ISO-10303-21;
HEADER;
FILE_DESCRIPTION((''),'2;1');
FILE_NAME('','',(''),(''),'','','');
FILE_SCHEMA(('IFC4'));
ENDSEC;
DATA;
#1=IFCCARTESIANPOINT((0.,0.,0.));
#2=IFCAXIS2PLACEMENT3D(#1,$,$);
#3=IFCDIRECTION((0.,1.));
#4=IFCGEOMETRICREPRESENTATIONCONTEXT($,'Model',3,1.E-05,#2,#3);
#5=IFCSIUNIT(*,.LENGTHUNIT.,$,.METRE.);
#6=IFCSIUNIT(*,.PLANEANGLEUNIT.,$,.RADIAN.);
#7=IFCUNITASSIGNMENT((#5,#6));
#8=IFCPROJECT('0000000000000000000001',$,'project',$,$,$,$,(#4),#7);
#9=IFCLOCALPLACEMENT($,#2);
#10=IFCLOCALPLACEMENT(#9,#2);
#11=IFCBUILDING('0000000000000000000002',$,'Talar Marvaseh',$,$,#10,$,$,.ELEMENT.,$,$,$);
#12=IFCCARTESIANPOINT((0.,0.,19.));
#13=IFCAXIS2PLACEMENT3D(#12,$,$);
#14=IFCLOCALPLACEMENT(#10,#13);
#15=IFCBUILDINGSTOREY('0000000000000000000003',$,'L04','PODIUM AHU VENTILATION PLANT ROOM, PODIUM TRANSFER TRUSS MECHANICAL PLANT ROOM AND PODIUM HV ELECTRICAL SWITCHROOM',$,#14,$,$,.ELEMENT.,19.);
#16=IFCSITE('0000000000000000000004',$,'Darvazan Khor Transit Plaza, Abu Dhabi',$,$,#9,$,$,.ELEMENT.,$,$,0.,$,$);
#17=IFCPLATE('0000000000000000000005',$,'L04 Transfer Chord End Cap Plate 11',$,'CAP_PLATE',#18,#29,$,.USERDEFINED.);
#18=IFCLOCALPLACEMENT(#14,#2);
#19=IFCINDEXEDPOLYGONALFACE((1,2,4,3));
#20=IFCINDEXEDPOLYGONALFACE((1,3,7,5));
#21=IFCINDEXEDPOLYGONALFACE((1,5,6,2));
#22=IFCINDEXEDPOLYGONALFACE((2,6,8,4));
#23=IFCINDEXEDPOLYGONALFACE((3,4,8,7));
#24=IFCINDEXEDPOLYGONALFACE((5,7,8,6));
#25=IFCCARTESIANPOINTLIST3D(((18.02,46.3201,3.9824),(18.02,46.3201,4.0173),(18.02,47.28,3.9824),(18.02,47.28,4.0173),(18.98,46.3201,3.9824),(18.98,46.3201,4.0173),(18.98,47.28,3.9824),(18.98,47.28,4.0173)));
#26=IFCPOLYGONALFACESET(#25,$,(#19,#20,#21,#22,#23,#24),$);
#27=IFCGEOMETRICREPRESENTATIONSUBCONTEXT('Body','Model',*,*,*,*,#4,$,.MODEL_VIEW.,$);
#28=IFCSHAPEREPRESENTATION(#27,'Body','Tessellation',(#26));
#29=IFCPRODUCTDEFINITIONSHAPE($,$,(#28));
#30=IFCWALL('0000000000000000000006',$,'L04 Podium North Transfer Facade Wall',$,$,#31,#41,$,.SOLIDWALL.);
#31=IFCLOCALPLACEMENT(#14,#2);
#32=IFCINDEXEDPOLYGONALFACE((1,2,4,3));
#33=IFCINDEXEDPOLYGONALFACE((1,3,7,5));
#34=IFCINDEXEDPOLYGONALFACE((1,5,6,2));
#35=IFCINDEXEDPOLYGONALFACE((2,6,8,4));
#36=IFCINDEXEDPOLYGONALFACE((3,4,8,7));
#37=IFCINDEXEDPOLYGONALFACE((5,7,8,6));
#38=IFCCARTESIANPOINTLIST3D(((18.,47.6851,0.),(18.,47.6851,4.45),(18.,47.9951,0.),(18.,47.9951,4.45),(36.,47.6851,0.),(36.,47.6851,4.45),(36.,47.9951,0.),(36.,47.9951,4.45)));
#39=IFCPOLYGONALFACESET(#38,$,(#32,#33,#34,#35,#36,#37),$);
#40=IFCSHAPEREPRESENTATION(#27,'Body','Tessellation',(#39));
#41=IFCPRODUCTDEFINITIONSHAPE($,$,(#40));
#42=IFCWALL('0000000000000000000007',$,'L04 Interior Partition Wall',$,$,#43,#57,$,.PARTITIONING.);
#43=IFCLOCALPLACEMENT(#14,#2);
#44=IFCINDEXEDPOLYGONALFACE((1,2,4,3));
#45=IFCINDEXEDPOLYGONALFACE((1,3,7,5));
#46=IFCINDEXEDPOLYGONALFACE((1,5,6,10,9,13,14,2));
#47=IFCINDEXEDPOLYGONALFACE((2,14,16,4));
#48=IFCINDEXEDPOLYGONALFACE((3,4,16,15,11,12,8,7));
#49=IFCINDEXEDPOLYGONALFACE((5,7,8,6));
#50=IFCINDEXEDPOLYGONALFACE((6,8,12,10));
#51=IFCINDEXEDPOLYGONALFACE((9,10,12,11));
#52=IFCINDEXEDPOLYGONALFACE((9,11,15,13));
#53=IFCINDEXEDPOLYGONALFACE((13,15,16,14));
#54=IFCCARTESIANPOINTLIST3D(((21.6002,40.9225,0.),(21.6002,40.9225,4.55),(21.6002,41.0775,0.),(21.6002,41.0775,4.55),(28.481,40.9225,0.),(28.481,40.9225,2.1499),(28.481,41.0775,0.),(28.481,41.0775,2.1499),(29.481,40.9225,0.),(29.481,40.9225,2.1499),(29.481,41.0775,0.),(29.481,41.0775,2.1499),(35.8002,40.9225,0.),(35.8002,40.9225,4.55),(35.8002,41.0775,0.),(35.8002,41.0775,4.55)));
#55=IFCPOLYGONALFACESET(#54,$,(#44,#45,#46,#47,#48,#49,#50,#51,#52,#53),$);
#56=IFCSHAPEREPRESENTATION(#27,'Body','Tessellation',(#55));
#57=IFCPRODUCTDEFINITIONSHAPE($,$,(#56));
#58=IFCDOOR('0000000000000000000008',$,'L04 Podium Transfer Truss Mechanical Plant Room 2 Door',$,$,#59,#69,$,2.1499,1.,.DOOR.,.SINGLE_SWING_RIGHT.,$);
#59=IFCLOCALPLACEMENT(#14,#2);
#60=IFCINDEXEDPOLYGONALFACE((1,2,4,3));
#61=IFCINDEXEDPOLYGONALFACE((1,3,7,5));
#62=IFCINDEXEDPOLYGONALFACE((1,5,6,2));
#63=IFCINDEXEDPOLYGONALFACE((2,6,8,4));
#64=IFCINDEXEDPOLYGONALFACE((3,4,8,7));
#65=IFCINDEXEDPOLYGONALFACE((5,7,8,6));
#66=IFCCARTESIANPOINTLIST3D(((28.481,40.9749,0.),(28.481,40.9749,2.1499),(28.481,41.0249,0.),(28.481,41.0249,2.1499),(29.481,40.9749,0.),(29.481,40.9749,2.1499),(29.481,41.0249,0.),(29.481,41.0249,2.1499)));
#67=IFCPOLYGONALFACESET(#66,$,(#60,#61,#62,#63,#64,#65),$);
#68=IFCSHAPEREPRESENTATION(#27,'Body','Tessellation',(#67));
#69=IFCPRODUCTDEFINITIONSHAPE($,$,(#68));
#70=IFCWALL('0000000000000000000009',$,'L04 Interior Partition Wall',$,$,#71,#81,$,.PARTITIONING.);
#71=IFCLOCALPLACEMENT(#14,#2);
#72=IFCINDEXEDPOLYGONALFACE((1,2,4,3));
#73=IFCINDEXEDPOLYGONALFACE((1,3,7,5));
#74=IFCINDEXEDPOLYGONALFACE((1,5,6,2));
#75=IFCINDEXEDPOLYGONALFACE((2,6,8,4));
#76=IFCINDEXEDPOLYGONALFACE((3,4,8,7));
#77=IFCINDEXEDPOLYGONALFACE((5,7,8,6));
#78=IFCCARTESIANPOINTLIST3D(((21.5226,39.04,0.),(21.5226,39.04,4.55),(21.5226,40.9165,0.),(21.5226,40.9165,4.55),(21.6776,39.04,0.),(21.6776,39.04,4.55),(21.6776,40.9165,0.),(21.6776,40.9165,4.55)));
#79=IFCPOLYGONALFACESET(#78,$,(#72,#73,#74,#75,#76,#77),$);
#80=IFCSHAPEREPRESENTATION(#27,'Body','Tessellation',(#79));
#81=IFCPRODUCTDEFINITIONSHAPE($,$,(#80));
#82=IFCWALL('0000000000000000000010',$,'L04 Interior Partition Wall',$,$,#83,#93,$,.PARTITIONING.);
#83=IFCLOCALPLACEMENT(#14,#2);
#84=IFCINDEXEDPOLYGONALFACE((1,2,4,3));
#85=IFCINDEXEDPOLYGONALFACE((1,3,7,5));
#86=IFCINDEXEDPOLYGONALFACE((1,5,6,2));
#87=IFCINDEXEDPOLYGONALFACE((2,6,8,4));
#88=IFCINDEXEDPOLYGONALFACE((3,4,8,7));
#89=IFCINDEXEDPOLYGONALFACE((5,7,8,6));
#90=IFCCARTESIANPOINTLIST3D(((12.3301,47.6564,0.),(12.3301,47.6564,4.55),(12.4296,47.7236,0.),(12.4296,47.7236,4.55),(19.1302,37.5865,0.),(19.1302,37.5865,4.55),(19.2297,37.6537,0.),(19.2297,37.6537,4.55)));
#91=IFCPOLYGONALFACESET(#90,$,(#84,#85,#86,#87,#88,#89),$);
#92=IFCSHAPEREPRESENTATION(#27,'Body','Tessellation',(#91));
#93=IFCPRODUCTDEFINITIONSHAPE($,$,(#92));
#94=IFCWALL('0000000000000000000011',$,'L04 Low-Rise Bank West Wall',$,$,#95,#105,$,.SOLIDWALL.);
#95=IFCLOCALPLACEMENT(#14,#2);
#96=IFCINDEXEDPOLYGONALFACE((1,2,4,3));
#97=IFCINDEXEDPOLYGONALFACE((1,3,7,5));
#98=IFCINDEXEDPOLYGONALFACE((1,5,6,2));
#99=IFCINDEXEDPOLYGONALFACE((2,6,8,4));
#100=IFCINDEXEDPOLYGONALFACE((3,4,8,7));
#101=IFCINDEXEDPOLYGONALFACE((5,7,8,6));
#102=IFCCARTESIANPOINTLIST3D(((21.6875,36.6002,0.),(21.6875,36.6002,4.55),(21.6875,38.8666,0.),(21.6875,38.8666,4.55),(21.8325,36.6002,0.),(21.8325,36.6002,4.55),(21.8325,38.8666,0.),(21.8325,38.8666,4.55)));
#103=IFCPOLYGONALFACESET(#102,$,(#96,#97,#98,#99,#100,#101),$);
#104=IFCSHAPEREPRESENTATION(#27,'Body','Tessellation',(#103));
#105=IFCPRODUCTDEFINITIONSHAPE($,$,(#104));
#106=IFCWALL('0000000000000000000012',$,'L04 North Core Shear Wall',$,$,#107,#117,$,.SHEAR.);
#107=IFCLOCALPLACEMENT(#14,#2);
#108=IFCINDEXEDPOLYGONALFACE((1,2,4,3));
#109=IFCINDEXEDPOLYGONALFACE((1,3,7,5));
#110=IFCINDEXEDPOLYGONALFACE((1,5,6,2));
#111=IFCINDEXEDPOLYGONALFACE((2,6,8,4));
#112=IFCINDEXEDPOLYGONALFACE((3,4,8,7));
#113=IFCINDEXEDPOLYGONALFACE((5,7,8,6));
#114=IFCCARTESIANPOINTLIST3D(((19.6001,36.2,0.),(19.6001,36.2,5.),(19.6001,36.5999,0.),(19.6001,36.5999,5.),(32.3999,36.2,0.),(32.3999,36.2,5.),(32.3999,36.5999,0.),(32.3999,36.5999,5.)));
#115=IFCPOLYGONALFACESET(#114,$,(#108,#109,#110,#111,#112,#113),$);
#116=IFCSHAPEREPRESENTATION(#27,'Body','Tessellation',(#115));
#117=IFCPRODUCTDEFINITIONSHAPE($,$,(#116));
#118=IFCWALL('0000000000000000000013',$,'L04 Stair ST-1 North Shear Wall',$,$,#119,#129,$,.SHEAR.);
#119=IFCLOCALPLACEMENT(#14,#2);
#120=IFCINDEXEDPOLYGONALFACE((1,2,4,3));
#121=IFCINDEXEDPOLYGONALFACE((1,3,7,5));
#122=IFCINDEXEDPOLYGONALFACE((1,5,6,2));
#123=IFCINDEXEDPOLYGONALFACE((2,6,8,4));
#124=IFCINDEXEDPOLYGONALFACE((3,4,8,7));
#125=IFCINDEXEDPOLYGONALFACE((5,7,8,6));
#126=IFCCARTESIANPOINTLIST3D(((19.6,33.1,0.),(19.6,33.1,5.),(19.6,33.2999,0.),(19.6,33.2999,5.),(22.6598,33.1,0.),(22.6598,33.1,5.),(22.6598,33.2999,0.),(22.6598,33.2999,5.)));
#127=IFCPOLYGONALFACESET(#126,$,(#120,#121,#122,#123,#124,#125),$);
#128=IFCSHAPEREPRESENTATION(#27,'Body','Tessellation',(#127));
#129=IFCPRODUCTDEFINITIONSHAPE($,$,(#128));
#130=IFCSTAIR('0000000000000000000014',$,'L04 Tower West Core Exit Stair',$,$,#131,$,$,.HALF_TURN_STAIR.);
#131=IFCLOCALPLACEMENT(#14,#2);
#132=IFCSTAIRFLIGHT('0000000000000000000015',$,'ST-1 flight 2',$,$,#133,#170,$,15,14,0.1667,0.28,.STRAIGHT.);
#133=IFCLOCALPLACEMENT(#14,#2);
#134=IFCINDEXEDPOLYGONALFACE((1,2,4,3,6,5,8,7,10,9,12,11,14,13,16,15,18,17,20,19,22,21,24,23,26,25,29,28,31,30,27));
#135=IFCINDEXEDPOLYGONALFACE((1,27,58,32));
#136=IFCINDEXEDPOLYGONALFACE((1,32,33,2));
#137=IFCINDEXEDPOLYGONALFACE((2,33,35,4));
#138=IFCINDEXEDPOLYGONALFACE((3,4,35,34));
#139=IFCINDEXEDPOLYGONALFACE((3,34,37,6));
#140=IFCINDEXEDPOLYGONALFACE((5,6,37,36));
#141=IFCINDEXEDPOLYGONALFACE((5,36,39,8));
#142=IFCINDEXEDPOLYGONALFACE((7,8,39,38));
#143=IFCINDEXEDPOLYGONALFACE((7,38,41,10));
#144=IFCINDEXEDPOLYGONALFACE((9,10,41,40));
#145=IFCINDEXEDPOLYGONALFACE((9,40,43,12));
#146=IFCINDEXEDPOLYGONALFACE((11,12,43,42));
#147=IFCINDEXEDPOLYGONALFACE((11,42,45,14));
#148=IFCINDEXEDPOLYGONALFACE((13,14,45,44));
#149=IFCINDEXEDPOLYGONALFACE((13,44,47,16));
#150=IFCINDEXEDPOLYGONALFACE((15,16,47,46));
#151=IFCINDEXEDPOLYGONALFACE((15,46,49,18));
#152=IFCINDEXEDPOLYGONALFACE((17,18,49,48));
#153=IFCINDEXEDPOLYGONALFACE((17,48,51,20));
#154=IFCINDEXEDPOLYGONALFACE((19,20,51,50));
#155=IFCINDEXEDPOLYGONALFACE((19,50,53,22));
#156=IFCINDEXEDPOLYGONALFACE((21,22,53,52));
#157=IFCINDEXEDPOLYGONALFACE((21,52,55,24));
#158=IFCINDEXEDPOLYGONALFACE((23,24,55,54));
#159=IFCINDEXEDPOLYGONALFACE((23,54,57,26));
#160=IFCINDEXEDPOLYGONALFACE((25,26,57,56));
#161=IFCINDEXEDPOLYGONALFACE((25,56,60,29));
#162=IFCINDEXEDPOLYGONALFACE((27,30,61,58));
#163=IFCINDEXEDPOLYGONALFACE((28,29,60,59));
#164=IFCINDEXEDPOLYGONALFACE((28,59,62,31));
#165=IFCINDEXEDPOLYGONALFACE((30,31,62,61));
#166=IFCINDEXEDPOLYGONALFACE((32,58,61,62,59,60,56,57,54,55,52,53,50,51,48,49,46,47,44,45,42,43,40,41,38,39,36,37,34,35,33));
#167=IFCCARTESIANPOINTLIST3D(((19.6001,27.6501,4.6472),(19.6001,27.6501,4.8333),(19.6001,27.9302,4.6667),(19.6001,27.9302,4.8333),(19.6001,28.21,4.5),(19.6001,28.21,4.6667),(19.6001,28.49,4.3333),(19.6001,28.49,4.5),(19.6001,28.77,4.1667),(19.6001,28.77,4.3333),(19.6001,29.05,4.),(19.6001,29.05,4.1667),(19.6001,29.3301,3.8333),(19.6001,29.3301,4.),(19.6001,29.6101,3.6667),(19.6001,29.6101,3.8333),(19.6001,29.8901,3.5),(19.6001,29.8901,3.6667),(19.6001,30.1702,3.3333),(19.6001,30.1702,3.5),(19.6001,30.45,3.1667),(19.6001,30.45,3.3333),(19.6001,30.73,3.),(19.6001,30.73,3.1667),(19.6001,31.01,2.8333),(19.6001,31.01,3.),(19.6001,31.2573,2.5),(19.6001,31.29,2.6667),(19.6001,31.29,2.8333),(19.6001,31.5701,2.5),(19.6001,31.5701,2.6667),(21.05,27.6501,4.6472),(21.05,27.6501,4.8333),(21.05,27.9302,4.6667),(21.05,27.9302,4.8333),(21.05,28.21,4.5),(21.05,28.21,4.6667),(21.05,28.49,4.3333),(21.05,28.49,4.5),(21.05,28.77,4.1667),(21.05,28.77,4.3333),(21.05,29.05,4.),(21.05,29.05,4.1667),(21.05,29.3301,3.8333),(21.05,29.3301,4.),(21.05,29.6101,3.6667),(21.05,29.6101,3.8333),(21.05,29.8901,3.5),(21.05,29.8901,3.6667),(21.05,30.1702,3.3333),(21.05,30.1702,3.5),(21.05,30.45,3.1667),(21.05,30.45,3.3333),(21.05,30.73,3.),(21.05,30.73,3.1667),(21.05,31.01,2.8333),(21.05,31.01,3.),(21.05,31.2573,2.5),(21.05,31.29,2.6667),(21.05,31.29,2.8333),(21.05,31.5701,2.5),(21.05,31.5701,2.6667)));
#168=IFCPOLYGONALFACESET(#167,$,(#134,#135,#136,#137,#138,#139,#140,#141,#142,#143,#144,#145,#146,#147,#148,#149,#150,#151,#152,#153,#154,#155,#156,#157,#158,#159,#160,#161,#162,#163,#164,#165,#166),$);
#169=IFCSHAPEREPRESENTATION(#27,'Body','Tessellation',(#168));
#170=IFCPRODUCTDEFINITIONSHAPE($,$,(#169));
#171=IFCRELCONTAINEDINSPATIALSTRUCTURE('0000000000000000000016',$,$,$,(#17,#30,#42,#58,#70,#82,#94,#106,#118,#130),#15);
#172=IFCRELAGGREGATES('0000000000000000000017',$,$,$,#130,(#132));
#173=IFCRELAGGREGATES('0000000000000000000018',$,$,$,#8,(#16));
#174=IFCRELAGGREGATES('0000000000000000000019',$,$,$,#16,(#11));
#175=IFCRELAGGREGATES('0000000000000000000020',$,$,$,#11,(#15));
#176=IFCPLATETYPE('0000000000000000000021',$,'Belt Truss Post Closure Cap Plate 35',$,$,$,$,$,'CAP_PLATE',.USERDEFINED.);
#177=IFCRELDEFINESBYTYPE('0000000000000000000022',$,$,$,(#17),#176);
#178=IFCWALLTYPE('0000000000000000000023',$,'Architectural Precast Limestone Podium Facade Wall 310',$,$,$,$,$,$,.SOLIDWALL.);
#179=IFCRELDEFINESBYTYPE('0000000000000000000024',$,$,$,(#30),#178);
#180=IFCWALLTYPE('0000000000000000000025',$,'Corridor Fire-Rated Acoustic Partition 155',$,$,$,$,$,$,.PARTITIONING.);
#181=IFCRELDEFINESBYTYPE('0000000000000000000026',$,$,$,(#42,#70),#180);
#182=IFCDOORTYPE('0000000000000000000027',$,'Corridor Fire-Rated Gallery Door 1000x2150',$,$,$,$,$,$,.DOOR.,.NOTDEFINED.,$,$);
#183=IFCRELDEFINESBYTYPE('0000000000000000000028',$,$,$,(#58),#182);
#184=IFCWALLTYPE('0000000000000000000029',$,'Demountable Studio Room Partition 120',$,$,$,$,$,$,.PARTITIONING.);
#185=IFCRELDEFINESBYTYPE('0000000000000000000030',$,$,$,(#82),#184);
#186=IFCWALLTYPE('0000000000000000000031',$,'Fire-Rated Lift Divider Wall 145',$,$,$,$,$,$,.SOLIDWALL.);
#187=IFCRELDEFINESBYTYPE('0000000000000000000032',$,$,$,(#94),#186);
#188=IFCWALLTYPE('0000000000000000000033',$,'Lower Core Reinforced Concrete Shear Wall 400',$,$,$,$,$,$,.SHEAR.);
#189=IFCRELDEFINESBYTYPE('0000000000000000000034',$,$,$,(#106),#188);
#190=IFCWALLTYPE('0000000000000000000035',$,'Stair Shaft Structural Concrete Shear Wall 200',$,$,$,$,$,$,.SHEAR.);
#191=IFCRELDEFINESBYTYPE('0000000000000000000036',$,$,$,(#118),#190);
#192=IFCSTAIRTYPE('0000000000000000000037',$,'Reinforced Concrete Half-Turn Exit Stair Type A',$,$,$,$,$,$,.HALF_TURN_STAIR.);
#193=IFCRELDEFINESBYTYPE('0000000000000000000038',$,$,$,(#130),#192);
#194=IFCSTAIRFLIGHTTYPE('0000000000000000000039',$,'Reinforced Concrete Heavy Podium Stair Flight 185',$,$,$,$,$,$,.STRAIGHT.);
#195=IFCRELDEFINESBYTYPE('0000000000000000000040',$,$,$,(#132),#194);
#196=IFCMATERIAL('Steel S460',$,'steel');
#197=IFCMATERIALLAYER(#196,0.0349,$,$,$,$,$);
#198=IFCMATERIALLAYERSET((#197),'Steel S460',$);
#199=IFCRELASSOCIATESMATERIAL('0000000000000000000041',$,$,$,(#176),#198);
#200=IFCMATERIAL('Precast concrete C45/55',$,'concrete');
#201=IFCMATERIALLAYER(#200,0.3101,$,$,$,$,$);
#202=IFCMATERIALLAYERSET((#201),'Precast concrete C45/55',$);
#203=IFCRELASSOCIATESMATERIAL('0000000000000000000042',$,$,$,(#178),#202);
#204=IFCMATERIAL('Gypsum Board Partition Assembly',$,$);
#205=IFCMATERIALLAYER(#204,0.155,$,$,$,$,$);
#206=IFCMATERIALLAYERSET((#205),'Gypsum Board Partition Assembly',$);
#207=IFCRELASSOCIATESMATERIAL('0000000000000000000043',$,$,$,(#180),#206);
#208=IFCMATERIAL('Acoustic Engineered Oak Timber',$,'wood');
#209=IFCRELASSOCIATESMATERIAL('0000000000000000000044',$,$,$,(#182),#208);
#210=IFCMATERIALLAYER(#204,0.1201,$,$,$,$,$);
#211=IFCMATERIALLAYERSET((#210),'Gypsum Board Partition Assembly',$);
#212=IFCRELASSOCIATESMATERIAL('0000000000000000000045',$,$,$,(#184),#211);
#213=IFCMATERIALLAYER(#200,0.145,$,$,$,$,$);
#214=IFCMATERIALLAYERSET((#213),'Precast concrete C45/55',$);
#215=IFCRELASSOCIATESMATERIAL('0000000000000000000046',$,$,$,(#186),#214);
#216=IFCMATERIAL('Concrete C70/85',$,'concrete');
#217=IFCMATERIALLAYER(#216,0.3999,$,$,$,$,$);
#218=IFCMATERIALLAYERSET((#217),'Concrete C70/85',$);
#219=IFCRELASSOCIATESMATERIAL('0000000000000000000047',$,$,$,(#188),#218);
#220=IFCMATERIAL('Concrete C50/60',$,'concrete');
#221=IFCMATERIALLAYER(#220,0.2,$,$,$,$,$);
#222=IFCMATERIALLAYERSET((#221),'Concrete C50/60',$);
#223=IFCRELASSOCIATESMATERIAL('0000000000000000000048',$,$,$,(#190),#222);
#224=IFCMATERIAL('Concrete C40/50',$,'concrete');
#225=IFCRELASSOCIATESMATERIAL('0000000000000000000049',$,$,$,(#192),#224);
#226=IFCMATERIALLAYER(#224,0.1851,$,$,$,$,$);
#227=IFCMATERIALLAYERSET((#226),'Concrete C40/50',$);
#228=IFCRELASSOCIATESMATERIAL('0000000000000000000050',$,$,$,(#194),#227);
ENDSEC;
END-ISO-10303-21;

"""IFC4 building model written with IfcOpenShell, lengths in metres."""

from ifc_helpers import new_model, si_unit, direction, frame, frame_2d, origin, origin_2d, place, context, subcontext, project, spatial, polyline, rectangle, outline, extrude, source, transform, mapped, material, layer, layer_set, type_object, type_shapes, element, fill, aggregate, save


model = new_model("IFC4")

# Units and contexts
model_context = context("Model", 3, precision=1e-05, world=origin(), true_north=direction((0.0, 1.0)))
body_context = subcontext(model_context, "Body", "Model", "MODEL_VIEW")
ifc_project = project(units=[si_unit("LENGTHUNIT", "METRE"), si_unit("PLANEANGLEUNIT", "RADIAN")], contexts=[model_context])

# Site, building, storey
site_placement = place(None, origin())
site = spatial("IfcSite", under=ifc_project, at=site_placement, Name="Darvazan Khor Transit Plaza, Abu Dhabi", CompositionType="ELEMENT", RefElevation=0.0)
building_placement = place(site_placement, origin())
building = spatial("IfcBuilding", under=site, at=building_placement, Name="Talar Marvaseh", CompositionType="ELEMENT")
storey_placement = place(building_placement, frame((0.0, 0.0, 19.0)))
storey = spatial("IfcBuildingStorey", under=building, at=storey_placement, Name="L04", Description="PODIUM AHU VENTILATION PLANT ROOM, PODIUM TRANSFER TRUSS MECHANICAL PLANT ROOM AND PODIUM HV ELECTRICAL SWITCHROOM", CompositionType="ELEMENT", Elevation=19.0)

# Shared definitions
ifc_material_1 = material(Name="Concrete C70/85", Category="concrete")

# Shared definitions
ifc_material_2 = material(Name="Steel S460", Category="steel")

# Plate
ifc_layer_1 = layer(ifc_material_2, 0.0349)
ifc_layer_set_1 = layer_set([ifc_layer_1], Name="Steel S460")
plate_type_1 = type_object("IfcPlateType", Name="Belt Truss Post Closure Cap Plate 35", ElementType="CAP_PLATE", PredefinedType="USERDEFINED", material=ifc_layer_set_1)
shared_shape_1 = source(origin(), body_context, "Body", "SweptSolid", [
    extrude(rectangle(XDim=0.96, YDim=0.96, at=origin_2d()), origin(), (0.0, 0.0, 1.0), 0.0349),
])
plate_1_placement = place(storey_placement, frame((18.5, 46.8, 3.9824), z_axis=(0.0, 0.0, 1.0), x_axis=(1.0, 0.0, 0.0)))
element("IfcPlate", 1, at=plate_1_placement, inside=storey, type_object=plate_type_1, Name="L04 Transfer Chord End Cap Plate 11", ObjectType="CAP_PLATE", PredefinedType="USERDEFINED", context=body_context, shape_type="MappedRepresentation", body=[
    mapped(shared_shape_1, transform((0.0, 0.0, 0.0), x_axis=(1.0, 0.0, 0.0), y_axis=(0.0, 1.0, 0.0), z_axis=(0.0, 0.0, 1.0), scale=1.0)),
])

# Wall
ifc_material_3 = material(Name="Precast concrete C45/55", Category="concrete")
ifc_layer_2 = layer(ifc_material_3, 0.3101)
ifc_layer_set_2 = layer_set([ifc_layer_2], Name="Precast concrete C45/55")
wall_type_1 = type_object("IfcWallType", Name="Architectural Precast Limestone Podium Facade Wall 310", PredefinedType="SOLIDWALL", material=ifc_layer_set_2)
wall_1_placement = place(storey_placement, frame((18.0, 47.8401, 0.0), z_axis=(0.0, 0.0, 1.0), x_axis=(1.0, 0.0, 0.0)))
element("IfcWall", 2, at=wall_1_placement, inside=storey, type_object=wall_type_1, Name="L04 Podium North Transfer Facade Wall", PredefinedType="SOLIDWALL", context=body_context, shape_type="SweptSolid", body=[
    extrude(rectangle(XDim=18.0, YDim=0.3101, at=frame_2d((9.0, 0.0))), origin(), (0.0, 0.0, 1.0), 4.45),
])

# Wall, opening, door
ifc_material_4 = material(Name="Gypsum Board Partition Assembly")
ifc_layer_3 = layer(ifc_material_4, 0.155)
ifc_layer_set_3 = layer_set([ifc_layer_3], Name="Gypsum Board Partition Assembly")
wall_type_2 = type_object("IfcWallType", Name="Corridor Fire-Rated Acoustic Partition 155", PredefinedType="PARTITIONING", material=ifc_layer_set_3)
wall_2_placement = place(storey_placement, frame((21.6001, 41.0, 0.0), z_axis=(0.0, 0.0, 1.0), x_axis=(1.0, 0.0, 0.0)))
wall_2 = element("IfcWall", 3, at=wall_2_placement, inside=storey, type_object=wall_type_2, Name="L04 Interior Partition Wall", PredefinedType="PARTITIONING", context=body_context, shape_type="SweptSolid", body=[
    extrude(rectangle(XDim=14.2, YDim=0.155, at=frame_2d((7.1001, 0.0))), origin(), (0.0, 0.0, 1.0), 4.55),
])
opening_1_placement = place(wall_2_placement, frame((6.8809, 0.0, 0.0)))
opening_1 = element("IfcOpeningElement", 4, at=opening_1_placement, cuts=wall_2, PredefinedType="OPENING", context=body_context, shape_type="SweptSolid", body=[
    extrude(rectangle(XDim=1.0, YDim=2.1499, at=frame_2d((0.5, 1.075))), frame((0.0, 0.0874, 0.0), z_axis=(0.0, -1.0, 0.0), x_axis=(1.0, 0.0, 0.0)), (0.0, 0.0, 1.0), 0.175),
])
ifc_material_5 = material(Name="Acoustic Engineered Oak Timber", Category="wood")
door_type_1 = type_object("IfcDoorType", Name="Corridor Fire-Rated Gallery Door 1000x2150", OperationType="NOTDEFINED", PredefinedType="DOOR", material=ifc_material_5)
shared_shape_2 = source(origin(), body_context, "Body", "SweptSolid", [
    extrude(rectangle(XDim=1.0, YDim=2.1499, at=frame_2d((0.5, 1.075))), frame((0.0, 0.0249, 0.0), z_axis=(0.0, -1.0, 0.0), x_axis=(1.0, 0.0, 0.0)), (0.0, 0.0, 1.0), 0.05),
])
type_shapes(door_type_1, [shared_shape_2])
door_1_placement = place(opening_1_placement, origin())
door_1 = element("IfcDoor", 5, at=door_1_placement, inside=storey, type_object=door_type_1, Name="L04 Podium Transfer Truss Mechanical Plant Room 2 Door", OperationType="SINGLE_SWING_RIGHT", OverallHeight=2.1499, OverallWidth=1.0, PredefinedType="DOOR", context=body_context, shape_type="MappedRepresentation", body=[
    mapped(shared_shape_2, transform((0.0, 0.0, 0.0), x_axis=(1.0, 0.0, 0.0), y_axis=(0.0, 1.0, 0.0), z_axis=(0.0, 0.0, 1.0), scale=1.0)),
])
fill(opening_1, door_1)

# Walls
wall_3_placement = place(storey_placement, frame((21.6001, 39.04, 0.0), z_axis=(0.0, 0.0, 1.0), x_axis=(0.0, 1.0, 0.0)))
element("IfcWall", 6, at=wall_3_placement, inside=storey, type_object=wall_type_2, Name="L04 Interior Partition Wall", PredefinedType="PARTITIONING", context=body_context, shape_type="SweptSolid", body=[
    extrude(rectangle(XDim=1.8765, YDim=0.155, at=frame_2d((0.9382, 0.0))), origin(), (0.0, 0.0, 1.0), 4.55),
])
ifc_layer_4 = layer(ifc_material_4, 0.1201)
ifc_layer_set_4 = layer_set([ifc_layer_4], Name="Gypsum Board Partition Assembly")
wall_type_3 = type_object("IfcWallType", Name="Demountable Studio Room Partition 120", PredefinedType="PARTITIONING", material=ifc_layer_set_4)
wall_4_placement = place(storey_placement, frame((19.1799, 37.6201, 0.0), z_axis=(0.0, 0.0, 1.0), x_axis=(-0.559638, 0.828737, 0.0)))
element("IfcWall", 7, at=wall_4_placement, inside=storey, type_object=wall_type_3, Name="L04 Interior Partition Wall", PredefinedType="PARTITIONING", context=body_context, shape_type="SweptSolid", body=[
    extrude(rectangle(XDim=12.1509, YDim=0.1201, at=frame_2d((6.0754, 0.0))), origin(), (0.0, 0.0, 1.0), 4.55),
])
ifc_layer_5 = layer(ifc_material_3, 0.145)
ifc_layer_set_5 = layer_set([ifc_layer_5], Name="Precast concrete C45/55")
wall_type_4 = type_object("IfcWallType", Name="Fire-Rated Lift Divider Wall 145", PredefinedType="SOLIDWALL", material=ifc_layer_set_5)
wall_5_placement = place(storey_placement, frame((21.76, 36.6001, 0.0), z_axis=(0.0, 0.0, 1.0), x_axis=(0.0, 1.0, 0.0)))
element("IfcWall", 8, at=wall_5_placement, inside=storey, type_object=wall_type_4, Name="L04 Low-Rise Bank West Wall", PredefinedType="SOLIDWALL", context=body_context, shape_type="SweptSolid", body=[
    extrude(rectangle(XDim=2.2664, YDim=0.145, at=frame_2d((1.1333, 0.0))), origin(), (0.0, 0.0, 1.0), 4.55),
])

# Walls
ifc_layer_6 = layer(ifc_material_1, 0.3999)
ifc_layer_set_6 = layer_set([ifc_layer_6], Name="Concrete C70/85")
wall_type_5 = type_object("IfcWallType", Name="Lower Core Reinforced Concrete Shear Wall 400", PredefinedType="SHEAR", material=ifc_layer_set_6)
wall_6_placement = place(storey_placement, frame((19.6001, 36.3999, 0.0), z_axis=(0.0, 0.0, 1.0), x_axis=(1.0, 0.0, 0.0)))
element("IfcWall", 9, at=wall_6_placement, inside=storey, type_object=wall_type_5, Name="L04 North Core Shear Wall", PredefinedType="SHEAR", context=body_context, shape_type="SweptSolid", body=[
    extrude(rectangle(XDim=12.7998, YDim=0.3999, at=frame_2d((6.3999, 0.0))), origin(), (0.0, 0.0, 1.0), 5.0),
])
ifc_material_6 = material(Name="Concrete C50/60", Category="concrete")
ifc_layer_7 = layer(ifc_material_6, 0.2)
ifc_layer_set_7 = layer_set([ifc_layer_7], Name="Concrete C50/60")
wall_type_6 = type_object("IfcWallType", Name="Stair Shaft Structural Concrete Shear Wall 200", PredefinedType="SHEAR", material=ifc_layer_set_7)
wall_7_placement = place(storey_placement, frame((19.6001, 33.2, 0.0), z_axis=(0.0, 0.0, 1.0), x_axis=(1.0, 0.0, 0.0)))
element("IfcWall", 10, at=wall_7_placement, inside=storey, type_object=wall_type_6, Name="L04 Stair ST-1 North Shear Wall", PredefinedType="SHEAR", context=body_context, shape_type="SweptSolid", body=[
    extrude(rectangle(XDim=3.0598, YDim=0.2, at=frame_2d((1.5298, 0.0))), origin(), (0.0, 0.0, 1.0), 5.0),
])

# Stair, stair flight
ifc_material_7 = material(Name="Concrete C40/50", Category="concrete")
stair_type = type_object("IfcStairType", Name="Reinforced Concrete Half-Turn Exit Stair Type A", PredefinedType="HALF_TURN_STAIR", material=ifc_material_7)
stair_1_placement = place(storey_placement, origin())
stair_1 = element("IfcStair", 11, at=stair_1_placement, inside=storey, type_object=stair_type, Name="L04 Tower West Core Exit Stair", PredefinedType="HALF_TURN_STAIR")
ifc_layer_8 = layer(ifc_material_7, 0.1851)
ifc_layer_set_8 = layer_set([ifc_layer_8], Name="Concrete C40/50")
stair_flight_type = type_object("IfcStairFlightType", Name="Reinforced Concrete Heavy Podium Stair Flight 185", PredefinedType="STRAIGHT", material=ifc_layer_set_8)
stair_flight_1_placement = place(storey_placement, frame((20.325, 31.5701, 2.5), z_axis=(0.0, 0.0, 1.0), x_axis=(0.0, -1.0, 0.0)))
stair_flight_1 = element("IfcStairFlight", 12, at=stair_flight_1_placement, type_object=stair_flight_type, Name="ST-1 flight 2", NumberOfRisers=15, NumberOfTreads=14, PredefinedType="STRAIGHT", RiserHeight=0.1667, TreadLength=0.28, context=body_context, shape_type="SweptSolid", body=[
    extrude(outline(polyline([(0.0, 0.0), (0.0, 0.1667), (0.28, 0.1667), (0.28, 0.3333), (0.5601, 0.3333), (0.5601, 0.5), (0.8401, 0.5), (0.8401, 0.6667), (1.1201, 0.6667), (1.1201, 0.8333), (1.3999, 0.8333), (1.3999, 1.0), (1.6799, 1.0), (1.6799, 1.1667), (1.96, 1.1667), (1.96, 1.3333), (2.24, 1.3333), (2.24, 1.5), (2.52, 1.5), (2.52, 1.6667), (2.8, 1.6667), (2.8, 1.8333), (3.0801, 1.8333), (3.0801, 2.0), (3.3601, 2.0), (3.3601, 2.1667), (3.6399, 2.1667), (3.6399, 2.3333), (3.9199, 2.3333), (3.9199, 2.5), (3.9199, 2.1472), (0.3127, 0.0), (0.0, 0.0)])), frame((0.0, 0.7251, 0.0), z_axis=(0.0, -1.0, 0.0), x_axis=(1.0, 0.0, 0.0)), (0.0, 0.0, 1.0), 1.45),
])
aggregate(stair_1, [stair_flight_1])

save(model, "model.ifc")
